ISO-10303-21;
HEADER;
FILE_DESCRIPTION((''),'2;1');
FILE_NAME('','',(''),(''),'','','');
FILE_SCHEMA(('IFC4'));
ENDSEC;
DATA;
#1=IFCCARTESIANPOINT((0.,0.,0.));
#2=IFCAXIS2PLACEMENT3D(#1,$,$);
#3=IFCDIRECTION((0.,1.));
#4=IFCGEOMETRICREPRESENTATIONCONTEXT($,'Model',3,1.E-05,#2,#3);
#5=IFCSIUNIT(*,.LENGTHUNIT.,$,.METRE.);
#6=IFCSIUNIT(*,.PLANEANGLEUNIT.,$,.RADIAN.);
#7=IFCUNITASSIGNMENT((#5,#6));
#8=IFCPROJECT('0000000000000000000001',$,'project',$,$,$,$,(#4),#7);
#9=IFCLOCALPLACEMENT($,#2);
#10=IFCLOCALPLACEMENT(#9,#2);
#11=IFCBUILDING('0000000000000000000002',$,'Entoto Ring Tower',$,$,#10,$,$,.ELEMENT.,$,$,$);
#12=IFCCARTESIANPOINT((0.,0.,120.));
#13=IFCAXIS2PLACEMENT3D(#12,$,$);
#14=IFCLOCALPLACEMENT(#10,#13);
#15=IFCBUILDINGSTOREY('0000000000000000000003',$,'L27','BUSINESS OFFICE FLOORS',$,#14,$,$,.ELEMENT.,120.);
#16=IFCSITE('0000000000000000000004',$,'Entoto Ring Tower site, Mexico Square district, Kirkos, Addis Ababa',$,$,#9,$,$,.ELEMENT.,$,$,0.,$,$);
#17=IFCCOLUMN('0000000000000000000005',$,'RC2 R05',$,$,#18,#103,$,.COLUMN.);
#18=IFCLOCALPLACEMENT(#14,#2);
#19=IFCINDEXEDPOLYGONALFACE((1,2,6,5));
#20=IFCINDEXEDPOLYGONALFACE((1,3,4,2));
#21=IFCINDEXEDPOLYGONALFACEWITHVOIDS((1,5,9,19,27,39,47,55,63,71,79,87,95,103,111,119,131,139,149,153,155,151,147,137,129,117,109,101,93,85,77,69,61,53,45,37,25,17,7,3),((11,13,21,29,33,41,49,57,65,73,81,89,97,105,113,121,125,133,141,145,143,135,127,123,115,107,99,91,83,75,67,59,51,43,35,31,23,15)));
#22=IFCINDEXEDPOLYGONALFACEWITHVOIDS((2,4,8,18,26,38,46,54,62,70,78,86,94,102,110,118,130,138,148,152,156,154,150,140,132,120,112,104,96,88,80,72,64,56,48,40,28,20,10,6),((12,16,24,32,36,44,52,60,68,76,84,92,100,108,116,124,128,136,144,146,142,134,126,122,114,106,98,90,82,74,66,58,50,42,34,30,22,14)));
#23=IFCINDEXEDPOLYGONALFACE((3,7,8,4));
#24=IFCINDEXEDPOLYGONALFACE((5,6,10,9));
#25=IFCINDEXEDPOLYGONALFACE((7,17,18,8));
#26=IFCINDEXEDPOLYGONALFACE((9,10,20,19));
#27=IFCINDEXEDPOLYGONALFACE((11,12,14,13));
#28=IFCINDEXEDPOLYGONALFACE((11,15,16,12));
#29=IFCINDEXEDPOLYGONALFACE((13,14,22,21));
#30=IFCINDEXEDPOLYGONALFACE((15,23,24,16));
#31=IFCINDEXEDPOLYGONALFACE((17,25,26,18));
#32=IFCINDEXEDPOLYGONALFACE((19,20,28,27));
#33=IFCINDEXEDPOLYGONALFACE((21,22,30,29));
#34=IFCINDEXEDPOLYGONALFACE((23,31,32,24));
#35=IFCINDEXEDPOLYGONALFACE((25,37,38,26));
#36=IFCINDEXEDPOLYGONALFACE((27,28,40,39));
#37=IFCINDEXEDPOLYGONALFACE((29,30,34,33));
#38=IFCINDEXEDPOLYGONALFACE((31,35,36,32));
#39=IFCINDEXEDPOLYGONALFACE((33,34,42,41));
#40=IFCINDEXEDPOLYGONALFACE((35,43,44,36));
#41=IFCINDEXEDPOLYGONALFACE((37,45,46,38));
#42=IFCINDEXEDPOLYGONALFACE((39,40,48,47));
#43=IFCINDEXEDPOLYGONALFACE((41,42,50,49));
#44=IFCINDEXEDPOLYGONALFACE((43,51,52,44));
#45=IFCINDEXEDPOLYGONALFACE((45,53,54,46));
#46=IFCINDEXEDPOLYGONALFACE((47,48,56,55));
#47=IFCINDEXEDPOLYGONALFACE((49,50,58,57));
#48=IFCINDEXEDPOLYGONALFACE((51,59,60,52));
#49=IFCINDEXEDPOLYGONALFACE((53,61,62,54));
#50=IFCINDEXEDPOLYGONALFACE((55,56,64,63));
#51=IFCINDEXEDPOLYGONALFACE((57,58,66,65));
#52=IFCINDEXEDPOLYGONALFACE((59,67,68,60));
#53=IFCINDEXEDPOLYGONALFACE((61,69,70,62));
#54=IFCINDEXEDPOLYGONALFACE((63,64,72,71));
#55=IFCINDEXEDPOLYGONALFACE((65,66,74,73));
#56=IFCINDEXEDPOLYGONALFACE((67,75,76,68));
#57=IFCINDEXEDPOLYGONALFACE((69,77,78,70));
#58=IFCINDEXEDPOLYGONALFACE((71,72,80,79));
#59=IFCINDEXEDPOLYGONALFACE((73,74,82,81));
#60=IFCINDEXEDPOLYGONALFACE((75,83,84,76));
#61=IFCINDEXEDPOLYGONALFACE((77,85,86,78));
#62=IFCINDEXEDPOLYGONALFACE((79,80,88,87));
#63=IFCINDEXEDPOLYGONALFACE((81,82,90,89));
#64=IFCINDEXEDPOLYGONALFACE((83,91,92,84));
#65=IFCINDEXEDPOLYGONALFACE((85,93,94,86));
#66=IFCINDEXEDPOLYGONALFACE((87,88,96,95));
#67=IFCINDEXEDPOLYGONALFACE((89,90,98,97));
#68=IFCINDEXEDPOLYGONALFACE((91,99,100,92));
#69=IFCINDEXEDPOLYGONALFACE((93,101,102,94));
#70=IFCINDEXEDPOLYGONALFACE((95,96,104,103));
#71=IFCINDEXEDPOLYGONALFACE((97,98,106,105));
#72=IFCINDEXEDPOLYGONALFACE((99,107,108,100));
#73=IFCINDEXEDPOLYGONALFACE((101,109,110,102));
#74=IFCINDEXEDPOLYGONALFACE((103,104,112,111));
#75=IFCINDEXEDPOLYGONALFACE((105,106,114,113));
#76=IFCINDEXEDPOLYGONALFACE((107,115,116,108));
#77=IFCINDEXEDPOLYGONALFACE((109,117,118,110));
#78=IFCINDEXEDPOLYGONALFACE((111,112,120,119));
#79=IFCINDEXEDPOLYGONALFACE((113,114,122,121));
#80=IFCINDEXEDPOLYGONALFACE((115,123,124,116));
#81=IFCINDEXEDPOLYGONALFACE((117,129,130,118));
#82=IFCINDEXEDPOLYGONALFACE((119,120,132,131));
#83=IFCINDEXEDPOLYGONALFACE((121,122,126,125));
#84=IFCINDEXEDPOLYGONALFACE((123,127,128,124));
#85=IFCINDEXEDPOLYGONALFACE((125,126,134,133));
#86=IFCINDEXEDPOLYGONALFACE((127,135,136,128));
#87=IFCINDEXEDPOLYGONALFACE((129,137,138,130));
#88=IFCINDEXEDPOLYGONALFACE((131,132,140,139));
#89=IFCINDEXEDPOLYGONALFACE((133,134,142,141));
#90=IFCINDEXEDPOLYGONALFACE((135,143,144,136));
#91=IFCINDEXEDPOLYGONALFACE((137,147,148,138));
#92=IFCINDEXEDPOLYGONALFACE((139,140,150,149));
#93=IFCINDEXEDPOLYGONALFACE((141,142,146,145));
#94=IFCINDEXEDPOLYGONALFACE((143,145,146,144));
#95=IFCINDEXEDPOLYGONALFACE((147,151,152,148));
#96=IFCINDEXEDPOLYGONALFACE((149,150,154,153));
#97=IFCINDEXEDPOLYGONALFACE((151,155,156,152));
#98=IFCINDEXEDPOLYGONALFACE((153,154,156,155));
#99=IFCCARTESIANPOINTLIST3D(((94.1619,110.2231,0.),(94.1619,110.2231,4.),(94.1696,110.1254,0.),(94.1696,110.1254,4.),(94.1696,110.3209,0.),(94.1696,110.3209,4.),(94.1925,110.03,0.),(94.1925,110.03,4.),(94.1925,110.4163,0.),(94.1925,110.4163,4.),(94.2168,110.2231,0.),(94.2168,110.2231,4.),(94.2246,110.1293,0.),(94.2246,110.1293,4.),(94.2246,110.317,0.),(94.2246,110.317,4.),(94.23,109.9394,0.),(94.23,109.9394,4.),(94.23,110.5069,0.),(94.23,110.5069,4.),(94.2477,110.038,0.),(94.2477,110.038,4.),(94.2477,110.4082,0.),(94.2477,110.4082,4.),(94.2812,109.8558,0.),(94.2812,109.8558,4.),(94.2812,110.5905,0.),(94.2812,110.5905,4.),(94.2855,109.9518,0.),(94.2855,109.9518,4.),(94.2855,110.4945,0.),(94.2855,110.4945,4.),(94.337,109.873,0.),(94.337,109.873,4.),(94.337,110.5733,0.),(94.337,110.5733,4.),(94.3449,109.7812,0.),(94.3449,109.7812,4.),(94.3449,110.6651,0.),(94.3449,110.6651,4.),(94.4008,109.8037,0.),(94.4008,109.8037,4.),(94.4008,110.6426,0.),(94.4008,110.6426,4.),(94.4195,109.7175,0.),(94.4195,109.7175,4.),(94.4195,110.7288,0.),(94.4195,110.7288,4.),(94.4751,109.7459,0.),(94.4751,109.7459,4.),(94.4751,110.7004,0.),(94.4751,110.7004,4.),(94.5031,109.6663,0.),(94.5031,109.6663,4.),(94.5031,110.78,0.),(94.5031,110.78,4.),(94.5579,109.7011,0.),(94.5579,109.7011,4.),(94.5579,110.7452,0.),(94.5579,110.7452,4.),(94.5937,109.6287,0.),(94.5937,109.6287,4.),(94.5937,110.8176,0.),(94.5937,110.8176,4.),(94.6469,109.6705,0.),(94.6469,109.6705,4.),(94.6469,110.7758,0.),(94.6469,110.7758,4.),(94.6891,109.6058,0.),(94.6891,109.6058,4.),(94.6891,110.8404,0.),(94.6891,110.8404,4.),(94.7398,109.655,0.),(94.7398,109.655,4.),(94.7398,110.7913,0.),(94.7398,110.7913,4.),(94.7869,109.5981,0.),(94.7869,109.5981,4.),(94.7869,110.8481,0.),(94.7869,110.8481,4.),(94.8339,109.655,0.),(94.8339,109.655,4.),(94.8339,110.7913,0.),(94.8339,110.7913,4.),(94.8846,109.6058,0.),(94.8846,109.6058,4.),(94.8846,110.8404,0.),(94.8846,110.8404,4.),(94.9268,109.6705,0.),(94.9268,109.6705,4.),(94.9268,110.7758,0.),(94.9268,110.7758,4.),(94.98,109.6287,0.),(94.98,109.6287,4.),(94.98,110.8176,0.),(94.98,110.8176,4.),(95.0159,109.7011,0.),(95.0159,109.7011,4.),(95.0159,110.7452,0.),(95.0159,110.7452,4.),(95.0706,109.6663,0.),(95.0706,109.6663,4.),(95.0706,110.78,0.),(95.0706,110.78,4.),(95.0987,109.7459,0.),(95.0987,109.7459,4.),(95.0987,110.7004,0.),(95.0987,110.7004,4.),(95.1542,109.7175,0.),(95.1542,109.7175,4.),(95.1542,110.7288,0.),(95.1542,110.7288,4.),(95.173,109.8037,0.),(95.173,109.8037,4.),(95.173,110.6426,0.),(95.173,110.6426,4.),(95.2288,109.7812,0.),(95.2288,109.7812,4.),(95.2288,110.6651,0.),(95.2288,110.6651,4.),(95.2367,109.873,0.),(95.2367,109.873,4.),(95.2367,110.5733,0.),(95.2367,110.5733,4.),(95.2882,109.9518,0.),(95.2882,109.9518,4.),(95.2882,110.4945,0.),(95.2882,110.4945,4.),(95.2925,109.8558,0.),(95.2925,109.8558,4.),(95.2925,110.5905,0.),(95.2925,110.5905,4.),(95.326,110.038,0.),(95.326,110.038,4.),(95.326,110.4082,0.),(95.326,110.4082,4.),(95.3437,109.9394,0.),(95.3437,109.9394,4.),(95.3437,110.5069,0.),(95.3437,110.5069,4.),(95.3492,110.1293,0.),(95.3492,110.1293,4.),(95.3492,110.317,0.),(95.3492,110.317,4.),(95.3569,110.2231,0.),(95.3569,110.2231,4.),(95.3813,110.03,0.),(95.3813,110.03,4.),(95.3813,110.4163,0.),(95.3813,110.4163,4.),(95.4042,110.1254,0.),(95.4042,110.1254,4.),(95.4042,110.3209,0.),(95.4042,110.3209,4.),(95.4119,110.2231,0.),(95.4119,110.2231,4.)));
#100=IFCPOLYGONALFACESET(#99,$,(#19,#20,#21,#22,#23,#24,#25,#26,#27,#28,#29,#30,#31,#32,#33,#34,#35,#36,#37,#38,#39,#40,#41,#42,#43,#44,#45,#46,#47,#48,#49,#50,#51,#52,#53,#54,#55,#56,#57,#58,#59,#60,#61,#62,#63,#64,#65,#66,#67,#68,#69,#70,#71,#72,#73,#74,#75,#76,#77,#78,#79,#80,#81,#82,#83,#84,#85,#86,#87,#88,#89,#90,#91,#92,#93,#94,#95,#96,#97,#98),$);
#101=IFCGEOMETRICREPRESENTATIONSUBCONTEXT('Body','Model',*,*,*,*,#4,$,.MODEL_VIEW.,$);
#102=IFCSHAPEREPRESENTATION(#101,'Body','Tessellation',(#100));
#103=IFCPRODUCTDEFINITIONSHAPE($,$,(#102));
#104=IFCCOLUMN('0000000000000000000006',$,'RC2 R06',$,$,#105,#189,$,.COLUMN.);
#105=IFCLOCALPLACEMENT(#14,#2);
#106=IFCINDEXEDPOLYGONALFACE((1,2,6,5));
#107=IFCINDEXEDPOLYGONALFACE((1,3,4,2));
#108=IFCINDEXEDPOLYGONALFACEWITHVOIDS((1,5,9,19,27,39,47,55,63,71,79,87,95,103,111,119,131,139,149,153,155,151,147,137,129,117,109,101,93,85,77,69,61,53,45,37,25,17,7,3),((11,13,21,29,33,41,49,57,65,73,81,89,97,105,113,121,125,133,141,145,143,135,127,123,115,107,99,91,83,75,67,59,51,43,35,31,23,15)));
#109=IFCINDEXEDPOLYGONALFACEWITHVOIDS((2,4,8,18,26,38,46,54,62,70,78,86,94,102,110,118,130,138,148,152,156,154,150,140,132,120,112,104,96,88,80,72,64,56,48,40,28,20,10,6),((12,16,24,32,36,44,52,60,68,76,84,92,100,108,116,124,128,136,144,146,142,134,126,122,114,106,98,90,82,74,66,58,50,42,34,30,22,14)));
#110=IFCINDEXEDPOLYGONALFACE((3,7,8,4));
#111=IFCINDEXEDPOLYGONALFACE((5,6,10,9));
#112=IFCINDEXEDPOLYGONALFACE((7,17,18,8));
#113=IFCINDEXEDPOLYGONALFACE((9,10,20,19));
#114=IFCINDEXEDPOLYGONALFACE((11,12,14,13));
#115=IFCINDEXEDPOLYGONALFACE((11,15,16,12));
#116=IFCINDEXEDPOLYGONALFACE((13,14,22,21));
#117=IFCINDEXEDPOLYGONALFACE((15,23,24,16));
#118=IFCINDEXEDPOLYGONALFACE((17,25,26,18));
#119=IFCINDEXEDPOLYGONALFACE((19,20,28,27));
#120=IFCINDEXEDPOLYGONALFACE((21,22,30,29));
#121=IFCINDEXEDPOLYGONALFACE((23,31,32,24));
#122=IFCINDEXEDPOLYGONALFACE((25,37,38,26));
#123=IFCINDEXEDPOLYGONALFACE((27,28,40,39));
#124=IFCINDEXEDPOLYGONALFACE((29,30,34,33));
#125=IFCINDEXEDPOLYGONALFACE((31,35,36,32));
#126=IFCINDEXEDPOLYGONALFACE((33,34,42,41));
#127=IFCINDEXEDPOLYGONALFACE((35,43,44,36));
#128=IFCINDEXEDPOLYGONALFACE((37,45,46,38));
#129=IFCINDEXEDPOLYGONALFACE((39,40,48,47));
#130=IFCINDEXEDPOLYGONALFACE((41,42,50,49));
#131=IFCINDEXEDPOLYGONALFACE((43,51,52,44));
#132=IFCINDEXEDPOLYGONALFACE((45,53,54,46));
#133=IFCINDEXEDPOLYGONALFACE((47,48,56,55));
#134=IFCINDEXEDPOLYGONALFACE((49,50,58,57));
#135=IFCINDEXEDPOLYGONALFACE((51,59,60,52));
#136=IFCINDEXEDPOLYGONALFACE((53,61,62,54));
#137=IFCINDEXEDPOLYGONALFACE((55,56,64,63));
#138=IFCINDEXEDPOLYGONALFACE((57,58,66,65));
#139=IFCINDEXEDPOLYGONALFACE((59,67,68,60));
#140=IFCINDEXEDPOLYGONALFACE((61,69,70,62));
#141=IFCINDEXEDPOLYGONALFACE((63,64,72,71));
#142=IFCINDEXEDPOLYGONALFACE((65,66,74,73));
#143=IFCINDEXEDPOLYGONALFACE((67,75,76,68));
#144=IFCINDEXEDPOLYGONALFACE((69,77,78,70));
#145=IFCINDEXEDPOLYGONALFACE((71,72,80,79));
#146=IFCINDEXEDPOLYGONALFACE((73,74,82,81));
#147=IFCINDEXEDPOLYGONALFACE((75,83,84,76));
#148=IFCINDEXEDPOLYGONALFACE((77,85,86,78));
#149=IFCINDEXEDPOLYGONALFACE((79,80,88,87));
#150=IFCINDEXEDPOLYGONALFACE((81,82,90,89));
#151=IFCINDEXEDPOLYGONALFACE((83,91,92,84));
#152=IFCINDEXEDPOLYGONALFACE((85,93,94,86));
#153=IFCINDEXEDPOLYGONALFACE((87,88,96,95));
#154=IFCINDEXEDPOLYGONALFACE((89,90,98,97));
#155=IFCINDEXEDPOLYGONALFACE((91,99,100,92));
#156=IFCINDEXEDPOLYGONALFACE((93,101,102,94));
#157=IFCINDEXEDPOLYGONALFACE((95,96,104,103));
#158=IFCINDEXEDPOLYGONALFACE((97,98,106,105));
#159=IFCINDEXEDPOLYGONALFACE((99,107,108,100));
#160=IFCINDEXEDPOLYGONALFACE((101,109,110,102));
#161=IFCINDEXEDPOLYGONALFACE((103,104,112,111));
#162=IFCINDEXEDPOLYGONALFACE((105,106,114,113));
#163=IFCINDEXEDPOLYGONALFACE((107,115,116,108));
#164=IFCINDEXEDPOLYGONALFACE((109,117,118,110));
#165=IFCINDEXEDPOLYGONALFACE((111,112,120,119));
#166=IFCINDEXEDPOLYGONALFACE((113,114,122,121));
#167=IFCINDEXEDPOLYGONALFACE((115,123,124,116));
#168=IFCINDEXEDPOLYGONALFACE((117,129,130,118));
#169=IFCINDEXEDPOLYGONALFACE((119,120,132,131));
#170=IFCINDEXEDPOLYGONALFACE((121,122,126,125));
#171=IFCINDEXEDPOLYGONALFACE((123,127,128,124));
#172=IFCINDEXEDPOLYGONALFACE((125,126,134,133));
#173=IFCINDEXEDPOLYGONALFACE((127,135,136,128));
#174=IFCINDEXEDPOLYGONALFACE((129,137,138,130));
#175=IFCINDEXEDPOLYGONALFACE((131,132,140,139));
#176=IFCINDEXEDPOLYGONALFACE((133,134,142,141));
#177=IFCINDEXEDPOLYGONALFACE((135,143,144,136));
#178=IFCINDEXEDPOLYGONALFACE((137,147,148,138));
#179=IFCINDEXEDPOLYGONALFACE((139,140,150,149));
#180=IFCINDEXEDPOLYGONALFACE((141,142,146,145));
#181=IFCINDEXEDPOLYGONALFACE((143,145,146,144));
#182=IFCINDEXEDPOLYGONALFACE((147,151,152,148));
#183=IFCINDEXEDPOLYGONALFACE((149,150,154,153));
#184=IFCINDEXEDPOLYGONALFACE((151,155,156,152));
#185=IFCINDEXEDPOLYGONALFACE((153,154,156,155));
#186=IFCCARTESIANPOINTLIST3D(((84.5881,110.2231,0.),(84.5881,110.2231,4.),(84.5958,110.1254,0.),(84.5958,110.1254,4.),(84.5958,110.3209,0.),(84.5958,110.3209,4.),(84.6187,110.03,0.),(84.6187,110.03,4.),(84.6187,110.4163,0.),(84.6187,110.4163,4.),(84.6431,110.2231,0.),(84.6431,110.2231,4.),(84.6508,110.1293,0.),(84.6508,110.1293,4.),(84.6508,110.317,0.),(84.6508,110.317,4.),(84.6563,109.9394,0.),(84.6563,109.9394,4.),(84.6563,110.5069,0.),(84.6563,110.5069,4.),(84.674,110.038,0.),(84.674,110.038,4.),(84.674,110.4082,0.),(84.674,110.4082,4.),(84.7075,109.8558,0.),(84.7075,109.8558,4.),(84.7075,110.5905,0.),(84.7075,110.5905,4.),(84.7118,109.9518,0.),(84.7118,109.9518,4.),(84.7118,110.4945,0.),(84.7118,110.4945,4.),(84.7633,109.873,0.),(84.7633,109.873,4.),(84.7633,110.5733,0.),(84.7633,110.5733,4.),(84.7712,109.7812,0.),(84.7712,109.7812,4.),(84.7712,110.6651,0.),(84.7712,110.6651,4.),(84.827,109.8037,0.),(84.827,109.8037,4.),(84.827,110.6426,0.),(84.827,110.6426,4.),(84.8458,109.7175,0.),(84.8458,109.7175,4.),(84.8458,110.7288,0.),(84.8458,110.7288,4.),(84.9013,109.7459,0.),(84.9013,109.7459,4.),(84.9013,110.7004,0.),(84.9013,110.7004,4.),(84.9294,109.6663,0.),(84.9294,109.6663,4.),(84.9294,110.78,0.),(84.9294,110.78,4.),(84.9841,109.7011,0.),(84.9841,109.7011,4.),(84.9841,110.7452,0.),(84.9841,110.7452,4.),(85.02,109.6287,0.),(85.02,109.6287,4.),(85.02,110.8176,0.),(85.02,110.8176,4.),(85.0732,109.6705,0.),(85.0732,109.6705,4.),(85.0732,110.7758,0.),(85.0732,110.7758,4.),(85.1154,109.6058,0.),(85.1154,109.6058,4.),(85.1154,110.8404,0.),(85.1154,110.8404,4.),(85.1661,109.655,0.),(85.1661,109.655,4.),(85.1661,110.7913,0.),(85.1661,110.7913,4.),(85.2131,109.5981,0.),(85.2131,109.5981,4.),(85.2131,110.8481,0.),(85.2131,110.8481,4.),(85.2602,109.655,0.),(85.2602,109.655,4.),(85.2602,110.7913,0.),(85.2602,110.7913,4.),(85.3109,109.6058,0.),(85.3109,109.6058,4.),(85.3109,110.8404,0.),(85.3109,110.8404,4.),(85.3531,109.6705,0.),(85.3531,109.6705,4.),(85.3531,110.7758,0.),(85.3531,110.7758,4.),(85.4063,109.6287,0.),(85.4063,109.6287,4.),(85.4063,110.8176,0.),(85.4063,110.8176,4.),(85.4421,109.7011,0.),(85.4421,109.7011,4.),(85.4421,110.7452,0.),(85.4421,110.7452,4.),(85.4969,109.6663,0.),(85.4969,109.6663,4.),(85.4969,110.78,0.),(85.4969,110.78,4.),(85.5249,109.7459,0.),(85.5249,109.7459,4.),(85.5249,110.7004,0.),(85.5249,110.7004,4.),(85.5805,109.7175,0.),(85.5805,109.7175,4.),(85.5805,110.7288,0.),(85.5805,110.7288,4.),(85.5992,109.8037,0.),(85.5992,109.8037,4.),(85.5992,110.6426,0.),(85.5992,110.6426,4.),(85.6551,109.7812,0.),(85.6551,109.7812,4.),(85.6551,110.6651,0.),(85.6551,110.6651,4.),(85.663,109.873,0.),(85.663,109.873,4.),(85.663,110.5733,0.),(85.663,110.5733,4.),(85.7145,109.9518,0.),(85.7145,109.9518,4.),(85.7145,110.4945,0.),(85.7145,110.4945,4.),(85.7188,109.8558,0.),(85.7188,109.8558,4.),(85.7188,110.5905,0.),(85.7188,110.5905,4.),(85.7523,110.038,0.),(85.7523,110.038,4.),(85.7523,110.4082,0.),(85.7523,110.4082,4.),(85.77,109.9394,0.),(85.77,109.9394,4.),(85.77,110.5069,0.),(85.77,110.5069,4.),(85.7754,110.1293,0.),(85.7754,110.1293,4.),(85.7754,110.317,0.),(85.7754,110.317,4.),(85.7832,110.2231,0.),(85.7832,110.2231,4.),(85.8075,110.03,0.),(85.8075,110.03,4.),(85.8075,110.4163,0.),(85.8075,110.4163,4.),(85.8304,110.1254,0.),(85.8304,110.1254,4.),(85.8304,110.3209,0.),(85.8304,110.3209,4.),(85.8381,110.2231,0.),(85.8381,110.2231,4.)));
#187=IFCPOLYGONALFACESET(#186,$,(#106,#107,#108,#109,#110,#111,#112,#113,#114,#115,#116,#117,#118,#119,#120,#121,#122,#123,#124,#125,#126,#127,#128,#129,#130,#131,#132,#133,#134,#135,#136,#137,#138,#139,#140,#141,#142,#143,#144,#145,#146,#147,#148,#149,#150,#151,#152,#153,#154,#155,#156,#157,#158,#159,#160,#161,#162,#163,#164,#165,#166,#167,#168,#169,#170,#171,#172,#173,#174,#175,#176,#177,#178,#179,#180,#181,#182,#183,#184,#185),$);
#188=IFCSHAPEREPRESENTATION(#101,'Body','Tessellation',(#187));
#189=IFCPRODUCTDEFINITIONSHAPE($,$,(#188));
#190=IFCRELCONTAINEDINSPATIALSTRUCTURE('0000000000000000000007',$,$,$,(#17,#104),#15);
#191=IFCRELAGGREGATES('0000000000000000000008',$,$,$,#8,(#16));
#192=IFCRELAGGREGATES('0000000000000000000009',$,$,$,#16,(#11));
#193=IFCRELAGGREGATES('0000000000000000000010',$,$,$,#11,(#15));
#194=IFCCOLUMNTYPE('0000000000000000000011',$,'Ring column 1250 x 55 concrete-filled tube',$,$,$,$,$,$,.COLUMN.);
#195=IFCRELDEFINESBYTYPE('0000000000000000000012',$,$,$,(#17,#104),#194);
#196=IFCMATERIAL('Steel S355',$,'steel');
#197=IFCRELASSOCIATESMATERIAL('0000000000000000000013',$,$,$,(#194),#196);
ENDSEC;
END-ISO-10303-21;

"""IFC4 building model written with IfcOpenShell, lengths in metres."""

from ifc_helpers import new_model, si_unit, direction, frame, origin, origin_2d, place, context, subcontext, project, spatial, circle, hollow_circle, extrude, material, material_profile, profile_set, type_object, element, save


model = new_model("IFC4")

# Units and contexts
model_context = context("Model", 3, precision=1e-05, world=origin(), true_north=direction((0.0, 1.0)))
body_context = subcontext(model_context, "Body", "Model", "MODEL_VIEW")
ifc_project = project(units=[si_unit("LENGTHUNIT", "METRE"), si_unit("PLANEANGLEUNIT", "RADIAN")], contexts=[model_context])

# Site, building, storey
site_placement = place(None, origin())
site = spatial("IfcSite", under=ifc_project, at=site_placement, Name="Entoto Ring Tower site, Mexico Square district, Kirkos, Addis Ababa", CompositionType="ELEMENT", RefElevation=0.0)
building_placement = place(site_placement, origin())
building = spatial("IfcBuilding", under=site, at=building_placement, Name="Entoto Ring Tower", CompositionType="ELEMENT")
storey_placement = place(building_placement, frame((0.0, 0.0, 120.0)))
storey = spatial("IfcBuildingStorey", under=building, at=storey_placement, Name="L27", Description="BUSINESS OFFICE FLOORS", CompositionType="ELEMENT", Elevation=120.0)

# Columns
ifc_material_1 = material(Name="Steel S355", Category="steel")
ifc_material_profile_1 = material_profile(ifc_material_1, hollow_circle(Radius=0.625, WallThickness=0.0549, at=origin_2d()), Name="CHS 1250 x 55")
ifc_material_2 = material(Name="Concrete C60/75", Category="concrete")
ifc_material_profile_2 = material_profile(ifc_material_2, circle(Radius=0.5701, at=origin_2d()), Name="Concrete C60/75 infill")
ifc_profile_set_1 = profile_set([ifc_material_profile_1, ifc_material_profile_2], Name="Steel S355")
column_type = type_object("IfcColumnType", Name="Ring column 1250 x 55 concrete-filled tube", PredefinedType="COLUMN", material=ifc_profile_set_1)
for number, where, z_axis, x_axis, name in (
    (1, (94.7869, 110.2231, 0.0), (0.0, 0.0, 1.0), (1.0, 0.0, 0.0), "RC2 R05"),
    (2, (85.2131, 110.2231, 0.0), (0.0, 0.0, 1.0), (1.0, 0.0, 0.0), "RC2 R06"),
):
    element("IfcColumn", number, at=place(storey_placement, frame(where, z_axis=z_axis, x_axis=x_axis)), inside=storey, type_object=column_type, Name=name, PredefinedType="COLUMN", context=body_context, shape_type="SweptSolid", body=[
        extrude(hollow_circle(Radius=0.625, WallThickness=0.0549, at=origin_2d()), origin(), (0.0, 0.0, 1.0), 4.0),
    ])

save(model, "model.ifc")
